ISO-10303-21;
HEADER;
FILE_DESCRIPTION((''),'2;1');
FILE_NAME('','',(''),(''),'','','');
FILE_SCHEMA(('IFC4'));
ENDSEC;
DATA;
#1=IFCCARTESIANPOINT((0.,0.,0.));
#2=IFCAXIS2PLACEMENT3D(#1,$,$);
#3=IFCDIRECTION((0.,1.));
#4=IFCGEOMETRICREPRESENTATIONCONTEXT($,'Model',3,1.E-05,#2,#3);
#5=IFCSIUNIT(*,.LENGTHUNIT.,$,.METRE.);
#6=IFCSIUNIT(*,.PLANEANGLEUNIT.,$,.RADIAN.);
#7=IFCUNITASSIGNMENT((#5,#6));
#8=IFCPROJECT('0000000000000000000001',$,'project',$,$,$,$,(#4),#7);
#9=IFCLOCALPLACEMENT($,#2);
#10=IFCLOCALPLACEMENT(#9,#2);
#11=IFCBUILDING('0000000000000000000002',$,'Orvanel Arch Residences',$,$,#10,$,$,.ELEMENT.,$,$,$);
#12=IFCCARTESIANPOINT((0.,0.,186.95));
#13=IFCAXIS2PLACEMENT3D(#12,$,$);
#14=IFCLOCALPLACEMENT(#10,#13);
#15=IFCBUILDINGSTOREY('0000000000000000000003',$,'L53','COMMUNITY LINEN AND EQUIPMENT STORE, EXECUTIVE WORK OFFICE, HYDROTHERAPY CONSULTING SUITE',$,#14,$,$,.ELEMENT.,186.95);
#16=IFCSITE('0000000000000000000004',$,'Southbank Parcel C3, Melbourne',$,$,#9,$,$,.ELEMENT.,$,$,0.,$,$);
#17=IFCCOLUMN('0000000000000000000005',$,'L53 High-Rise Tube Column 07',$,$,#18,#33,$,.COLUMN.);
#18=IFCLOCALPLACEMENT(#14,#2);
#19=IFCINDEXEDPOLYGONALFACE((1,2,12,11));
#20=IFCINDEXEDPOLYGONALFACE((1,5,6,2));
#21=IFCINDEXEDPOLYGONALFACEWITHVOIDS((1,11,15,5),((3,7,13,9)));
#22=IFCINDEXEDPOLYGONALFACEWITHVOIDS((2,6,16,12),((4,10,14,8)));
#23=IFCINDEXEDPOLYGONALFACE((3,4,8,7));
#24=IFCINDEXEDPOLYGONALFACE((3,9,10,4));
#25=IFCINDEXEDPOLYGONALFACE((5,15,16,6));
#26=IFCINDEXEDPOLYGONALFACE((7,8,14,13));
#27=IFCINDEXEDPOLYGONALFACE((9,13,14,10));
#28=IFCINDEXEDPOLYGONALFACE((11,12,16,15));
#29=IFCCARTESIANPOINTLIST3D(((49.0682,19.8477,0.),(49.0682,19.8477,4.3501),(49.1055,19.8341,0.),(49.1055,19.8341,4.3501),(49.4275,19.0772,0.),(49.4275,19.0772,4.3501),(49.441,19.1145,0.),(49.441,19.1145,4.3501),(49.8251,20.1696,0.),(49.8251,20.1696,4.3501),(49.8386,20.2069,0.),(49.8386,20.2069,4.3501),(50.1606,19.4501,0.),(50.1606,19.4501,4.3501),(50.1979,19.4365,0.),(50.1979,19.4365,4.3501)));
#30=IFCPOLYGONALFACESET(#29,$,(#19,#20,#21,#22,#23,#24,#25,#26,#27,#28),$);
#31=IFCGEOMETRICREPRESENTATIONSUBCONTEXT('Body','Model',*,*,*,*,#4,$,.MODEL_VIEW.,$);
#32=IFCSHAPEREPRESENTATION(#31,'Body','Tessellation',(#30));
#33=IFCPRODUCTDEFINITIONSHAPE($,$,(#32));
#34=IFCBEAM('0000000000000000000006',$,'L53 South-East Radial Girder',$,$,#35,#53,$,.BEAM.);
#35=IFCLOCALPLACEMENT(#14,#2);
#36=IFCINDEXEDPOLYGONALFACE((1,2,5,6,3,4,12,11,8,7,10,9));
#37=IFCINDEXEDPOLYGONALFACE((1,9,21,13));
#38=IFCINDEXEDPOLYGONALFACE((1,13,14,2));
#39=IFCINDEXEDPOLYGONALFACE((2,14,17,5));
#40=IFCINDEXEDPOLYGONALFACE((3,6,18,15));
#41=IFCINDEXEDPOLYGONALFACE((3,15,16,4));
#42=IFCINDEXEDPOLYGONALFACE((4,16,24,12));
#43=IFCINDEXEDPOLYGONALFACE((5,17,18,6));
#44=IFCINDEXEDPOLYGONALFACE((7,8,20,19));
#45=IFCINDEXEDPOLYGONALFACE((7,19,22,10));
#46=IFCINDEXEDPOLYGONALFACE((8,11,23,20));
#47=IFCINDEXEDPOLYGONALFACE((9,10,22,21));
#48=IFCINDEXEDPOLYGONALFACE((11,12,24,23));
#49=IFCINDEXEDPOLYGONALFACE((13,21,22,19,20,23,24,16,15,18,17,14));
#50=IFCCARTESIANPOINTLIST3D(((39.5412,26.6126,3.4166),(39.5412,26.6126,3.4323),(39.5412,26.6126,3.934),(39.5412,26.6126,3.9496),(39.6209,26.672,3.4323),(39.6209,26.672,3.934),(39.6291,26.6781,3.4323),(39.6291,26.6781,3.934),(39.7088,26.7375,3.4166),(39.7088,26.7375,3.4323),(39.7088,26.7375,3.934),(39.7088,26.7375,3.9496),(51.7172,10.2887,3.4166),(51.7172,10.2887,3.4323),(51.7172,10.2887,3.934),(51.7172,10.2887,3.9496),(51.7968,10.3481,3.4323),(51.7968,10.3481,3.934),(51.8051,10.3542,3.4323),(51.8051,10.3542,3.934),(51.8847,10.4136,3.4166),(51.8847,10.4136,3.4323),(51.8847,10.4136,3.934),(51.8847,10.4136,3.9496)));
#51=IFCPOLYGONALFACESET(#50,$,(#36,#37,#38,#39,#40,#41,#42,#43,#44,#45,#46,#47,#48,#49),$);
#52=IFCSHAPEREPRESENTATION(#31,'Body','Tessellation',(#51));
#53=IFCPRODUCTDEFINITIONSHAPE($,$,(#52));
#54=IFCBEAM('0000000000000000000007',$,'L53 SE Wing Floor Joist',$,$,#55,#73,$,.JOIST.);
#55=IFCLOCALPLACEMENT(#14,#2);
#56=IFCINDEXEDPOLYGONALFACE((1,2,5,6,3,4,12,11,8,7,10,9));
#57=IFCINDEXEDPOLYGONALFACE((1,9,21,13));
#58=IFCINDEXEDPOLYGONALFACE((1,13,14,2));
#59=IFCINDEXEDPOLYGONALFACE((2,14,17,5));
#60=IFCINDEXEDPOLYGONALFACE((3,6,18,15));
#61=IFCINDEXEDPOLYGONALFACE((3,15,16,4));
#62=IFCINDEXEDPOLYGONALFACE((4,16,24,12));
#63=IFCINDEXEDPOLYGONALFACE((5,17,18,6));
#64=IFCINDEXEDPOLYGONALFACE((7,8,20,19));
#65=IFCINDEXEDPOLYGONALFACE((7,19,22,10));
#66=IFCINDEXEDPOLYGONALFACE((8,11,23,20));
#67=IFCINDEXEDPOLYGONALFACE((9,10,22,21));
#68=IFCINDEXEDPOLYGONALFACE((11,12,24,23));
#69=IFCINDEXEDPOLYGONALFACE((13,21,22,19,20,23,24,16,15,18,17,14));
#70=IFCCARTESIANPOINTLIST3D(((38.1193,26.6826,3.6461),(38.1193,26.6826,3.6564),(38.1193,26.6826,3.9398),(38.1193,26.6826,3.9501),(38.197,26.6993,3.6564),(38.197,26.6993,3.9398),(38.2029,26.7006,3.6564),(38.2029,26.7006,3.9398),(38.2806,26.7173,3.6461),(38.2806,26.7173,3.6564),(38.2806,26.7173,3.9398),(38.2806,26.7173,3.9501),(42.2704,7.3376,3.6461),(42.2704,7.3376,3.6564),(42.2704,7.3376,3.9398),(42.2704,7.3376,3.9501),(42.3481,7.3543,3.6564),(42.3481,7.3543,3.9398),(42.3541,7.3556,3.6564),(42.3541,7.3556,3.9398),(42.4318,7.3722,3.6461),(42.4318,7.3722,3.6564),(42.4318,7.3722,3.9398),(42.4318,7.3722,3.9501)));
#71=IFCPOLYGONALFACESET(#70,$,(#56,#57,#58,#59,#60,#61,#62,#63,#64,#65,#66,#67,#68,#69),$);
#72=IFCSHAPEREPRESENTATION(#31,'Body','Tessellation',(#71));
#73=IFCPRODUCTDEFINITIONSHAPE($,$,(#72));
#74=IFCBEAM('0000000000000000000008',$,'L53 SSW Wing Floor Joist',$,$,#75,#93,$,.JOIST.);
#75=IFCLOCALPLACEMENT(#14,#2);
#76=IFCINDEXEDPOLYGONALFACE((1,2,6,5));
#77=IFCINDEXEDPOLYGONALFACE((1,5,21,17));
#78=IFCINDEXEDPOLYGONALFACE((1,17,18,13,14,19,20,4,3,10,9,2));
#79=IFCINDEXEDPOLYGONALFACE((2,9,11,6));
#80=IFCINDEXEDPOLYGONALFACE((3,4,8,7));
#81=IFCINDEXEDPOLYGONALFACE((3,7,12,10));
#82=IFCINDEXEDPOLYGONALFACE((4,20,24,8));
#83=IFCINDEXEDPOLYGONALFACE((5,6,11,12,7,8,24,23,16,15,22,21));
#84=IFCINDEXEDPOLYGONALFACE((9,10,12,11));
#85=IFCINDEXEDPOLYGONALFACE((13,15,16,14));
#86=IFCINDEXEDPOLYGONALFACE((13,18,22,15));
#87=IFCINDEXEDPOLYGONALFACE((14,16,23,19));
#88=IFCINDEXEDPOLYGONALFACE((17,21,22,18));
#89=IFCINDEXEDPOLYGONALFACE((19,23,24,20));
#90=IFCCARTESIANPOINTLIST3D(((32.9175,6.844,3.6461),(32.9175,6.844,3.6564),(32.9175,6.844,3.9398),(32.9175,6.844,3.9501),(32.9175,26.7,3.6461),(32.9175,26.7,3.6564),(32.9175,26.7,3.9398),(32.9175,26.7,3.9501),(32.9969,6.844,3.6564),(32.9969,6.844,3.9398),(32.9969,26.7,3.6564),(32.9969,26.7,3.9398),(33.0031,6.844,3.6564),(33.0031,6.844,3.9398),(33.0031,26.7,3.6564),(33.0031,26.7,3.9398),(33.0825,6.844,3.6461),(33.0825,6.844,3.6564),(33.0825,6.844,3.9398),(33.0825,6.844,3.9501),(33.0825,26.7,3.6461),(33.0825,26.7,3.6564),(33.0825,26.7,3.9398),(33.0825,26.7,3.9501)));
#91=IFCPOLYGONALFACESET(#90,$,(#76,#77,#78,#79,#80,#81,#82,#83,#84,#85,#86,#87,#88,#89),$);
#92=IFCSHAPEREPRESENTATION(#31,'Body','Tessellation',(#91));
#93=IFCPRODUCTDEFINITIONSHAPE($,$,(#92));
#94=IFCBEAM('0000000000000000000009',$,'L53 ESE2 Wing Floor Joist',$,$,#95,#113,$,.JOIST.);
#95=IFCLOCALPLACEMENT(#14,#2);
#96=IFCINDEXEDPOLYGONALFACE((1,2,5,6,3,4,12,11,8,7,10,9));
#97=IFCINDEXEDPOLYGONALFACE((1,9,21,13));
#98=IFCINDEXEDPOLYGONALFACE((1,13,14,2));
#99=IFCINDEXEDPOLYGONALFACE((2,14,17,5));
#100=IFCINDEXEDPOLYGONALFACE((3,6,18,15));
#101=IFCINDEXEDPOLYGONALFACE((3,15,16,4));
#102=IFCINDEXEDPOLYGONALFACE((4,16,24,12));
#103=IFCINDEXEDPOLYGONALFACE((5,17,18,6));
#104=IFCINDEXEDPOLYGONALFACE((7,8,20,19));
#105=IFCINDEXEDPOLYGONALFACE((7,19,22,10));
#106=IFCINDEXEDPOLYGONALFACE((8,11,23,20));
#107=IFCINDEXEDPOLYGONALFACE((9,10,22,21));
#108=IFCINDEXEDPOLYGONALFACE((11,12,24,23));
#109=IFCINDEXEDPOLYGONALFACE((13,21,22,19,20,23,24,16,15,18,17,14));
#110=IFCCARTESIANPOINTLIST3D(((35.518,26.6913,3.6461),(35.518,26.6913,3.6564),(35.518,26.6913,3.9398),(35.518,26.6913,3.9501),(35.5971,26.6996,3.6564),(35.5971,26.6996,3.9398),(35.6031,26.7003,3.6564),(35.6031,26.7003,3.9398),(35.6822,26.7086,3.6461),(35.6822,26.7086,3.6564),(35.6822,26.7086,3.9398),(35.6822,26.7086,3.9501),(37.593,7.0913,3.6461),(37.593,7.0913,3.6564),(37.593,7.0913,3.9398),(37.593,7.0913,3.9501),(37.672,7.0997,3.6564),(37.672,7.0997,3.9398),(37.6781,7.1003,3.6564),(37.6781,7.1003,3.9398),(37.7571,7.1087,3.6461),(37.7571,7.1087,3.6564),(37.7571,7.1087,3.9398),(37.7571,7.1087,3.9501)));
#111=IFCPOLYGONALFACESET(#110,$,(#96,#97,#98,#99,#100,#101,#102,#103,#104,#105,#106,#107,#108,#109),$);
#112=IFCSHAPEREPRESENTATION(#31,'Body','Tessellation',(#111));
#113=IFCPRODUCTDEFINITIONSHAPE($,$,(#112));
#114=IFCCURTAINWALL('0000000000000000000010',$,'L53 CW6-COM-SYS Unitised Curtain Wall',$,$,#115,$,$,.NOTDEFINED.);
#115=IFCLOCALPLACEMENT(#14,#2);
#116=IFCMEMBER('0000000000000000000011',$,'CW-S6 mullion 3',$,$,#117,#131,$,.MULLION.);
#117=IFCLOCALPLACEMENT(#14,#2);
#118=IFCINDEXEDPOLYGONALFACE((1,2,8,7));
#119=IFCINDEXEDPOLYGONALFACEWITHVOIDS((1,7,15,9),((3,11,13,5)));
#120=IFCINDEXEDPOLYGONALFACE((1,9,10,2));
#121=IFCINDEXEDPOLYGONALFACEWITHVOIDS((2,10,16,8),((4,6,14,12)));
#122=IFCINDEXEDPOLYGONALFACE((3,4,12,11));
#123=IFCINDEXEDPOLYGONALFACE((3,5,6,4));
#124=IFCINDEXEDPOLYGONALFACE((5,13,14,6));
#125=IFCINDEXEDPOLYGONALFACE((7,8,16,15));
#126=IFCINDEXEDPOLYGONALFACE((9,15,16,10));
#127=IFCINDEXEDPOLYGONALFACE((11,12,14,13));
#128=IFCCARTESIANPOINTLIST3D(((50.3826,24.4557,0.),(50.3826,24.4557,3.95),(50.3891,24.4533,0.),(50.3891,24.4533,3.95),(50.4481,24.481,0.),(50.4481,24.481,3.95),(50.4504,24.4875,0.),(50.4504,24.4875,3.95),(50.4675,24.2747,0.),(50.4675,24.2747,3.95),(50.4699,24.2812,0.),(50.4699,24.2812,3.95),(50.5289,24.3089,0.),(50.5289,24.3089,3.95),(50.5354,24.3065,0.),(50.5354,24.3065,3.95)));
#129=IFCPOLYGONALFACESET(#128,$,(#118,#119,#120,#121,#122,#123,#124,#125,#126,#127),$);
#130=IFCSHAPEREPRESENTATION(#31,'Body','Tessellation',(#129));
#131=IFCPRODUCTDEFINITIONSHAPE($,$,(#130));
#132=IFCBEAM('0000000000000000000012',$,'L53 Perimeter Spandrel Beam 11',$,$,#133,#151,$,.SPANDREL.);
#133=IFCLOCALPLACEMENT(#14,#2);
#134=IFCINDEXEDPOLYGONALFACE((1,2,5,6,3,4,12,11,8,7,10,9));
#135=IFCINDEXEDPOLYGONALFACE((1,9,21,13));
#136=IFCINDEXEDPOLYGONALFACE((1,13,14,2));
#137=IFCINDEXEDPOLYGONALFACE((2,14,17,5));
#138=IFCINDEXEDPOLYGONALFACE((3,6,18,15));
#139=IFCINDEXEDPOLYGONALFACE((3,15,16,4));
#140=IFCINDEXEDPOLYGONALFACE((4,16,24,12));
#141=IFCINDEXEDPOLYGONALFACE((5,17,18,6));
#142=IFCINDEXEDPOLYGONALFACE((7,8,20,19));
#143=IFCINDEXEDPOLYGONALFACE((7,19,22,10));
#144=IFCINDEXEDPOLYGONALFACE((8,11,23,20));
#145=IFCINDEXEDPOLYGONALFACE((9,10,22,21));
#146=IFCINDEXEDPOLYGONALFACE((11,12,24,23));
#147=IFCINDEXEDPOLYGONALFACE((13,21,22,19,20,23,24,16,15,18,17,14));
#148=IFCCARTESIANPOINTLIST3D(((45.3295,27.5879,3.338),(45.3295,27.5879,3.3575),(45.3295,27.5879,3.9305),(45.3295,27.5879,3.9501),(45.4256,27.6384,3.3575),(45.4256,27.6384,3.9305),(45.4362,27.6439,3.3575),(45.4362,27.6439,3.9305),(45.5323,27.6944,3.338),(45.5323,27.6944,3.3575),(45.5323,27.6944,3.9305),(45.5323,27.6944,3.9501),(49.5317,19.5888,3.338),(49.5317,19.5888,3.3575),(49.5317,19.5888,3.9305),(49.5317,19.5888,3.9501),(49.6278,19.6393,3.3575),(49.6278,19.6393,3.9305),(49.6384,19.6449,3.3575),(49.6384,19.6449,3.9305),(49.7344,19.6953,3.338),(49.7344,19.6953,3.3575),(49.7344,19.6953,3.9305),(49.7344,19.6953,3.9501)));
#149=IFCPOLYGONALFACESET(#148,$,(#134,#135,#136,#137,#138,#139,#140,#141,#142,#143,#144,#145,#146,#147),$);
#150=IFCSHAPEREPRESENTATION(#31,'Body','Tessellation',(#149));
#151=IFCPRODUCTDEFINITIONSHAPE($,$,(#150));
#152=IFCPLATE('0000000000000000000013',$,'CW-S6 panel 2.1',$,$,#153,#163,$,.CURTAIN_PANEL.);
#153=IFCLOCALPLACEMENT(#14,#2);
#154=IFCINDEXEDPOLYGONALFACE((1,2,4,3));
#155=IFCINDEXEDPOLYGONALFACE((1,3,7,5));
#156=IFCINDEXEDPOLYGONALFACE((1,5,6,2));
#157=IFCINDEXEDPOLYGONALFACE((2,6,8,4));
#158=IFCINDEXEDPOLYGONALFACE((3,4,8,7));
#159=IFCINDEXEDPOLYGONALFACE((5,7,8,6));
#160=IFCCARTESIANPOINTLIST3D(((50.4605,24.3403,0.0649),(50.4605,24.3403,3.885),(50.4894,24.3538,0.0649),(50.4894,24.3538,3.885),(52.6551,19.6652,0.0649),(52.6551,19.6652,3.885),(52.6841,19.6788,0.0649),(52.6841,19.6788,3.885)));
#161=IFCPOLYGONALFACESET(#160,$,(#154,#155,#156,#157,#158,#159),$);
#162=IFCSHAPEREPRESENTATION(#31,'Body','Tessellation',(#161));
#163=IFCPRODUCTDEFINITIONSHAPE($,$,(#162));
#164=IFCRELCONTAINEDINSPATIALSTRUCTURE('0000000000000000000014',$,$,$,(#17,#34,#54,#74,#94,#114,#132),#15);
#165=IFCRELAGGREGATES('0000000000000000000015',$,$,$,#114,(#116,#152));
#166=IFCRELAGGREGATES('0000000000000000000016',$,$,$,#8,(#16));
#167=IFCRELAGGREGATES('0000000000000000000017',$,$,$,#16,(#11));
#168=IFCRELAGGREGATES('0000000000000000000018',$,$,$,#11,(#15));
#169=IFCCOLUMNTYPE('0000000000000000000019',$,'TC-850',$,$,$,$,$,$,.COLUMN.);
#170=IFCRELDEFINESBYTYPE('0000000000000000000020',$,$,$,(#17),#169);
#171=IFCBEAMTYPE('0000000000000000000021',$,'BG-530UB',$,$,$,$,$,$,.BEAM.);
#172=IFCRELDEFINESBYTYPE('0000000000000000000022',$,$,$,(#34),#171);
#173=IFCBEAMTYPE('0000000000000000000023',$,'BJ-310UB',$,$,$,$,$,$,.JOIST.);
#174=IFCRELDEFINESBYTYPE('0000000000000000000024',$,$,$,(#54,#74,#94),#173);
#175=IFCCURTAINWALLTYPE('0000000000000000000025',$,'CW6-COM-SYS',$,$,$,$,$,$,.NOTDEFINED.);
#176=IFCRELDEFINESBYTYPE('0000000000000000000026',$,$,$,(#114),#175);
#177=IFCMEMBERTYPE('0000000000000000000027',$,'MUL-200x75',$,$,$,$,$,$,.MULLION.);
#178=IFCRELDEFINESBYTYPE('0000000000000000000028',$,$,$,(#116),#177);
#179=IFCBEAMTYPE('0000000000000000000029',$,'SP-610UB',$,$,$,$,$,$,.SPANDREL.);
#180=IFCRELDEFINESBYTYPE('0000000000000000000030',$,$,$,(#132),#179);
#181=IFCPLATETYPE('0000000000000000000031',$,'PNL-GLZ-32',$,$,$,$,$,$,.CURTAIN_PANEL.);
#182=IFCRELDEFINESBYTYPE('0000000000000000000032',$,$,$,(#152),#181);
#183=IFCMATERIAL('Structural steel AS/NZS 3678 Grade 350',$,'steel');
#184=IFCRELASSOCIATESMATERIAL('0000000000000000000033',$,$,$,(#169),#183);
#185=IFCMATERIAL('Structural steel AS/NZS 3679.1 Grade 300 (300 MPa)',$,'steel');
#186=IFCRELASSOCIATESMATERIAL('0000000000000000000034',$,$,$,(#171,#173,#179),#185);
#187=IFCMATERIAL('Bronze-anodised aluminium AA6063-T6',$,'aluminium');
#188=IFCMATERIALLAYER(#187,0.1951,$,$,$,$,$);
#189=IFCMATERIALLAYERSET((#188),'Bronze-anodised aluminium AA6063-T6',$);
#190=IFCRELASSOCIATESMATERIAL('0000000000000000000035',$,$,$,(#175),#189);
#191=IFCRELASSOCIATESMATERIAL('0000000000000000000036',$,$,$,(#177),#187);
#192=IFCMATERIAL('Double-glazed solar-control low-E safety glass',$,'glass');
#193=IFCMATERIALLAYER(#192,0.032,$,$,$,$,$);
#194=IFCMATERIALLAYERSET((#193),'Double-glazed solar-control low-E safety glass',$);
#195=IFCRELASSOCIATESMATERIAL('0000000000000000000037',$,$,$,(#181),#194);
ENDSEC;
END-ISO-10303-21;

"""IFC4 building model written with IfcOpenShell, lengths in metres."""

from ifc_helpers import new_model, si_unit, direction, frame, origin, origin_2d, place, context, subcontext, project, spatial, rectangle, hollow_rectangle, i_section, extrude, material, layer, layer_set, material_profile, profile_set, type_object, element, aggregate, save


model = new_model("IFC4")

# Units and contexts
model_context = context("Model", 3, precision=1e-05, world=origin(), true_north=direction((0.0, 1.0)))
body_context = subcontext(model_context, "Body", "Model", "MODEL_VIEW")
ifc_project = project(units=[si_unit("LENGTHUNIT", "METRE"), si_unit("PLANEANGLEUNIT", "RADIAN")], contexts=[model_context])

# Site, building, storey
site_placement = place(None, origin())
site = spatial("IfcSite", under=ifc_project, at=site_placement, Name="Southbank Parcel C3, Melbourne", CompositionType="ELEMENT", RefElevation=0.0)
building_placement = place(site_placement, origin())
building = spatial("IfcBuilding", under=site, at=building_placement, Name="Orvanel Arch Residences", CompositionType="ELEMENT")
storey_placement = place(building_placement, frame((0.0, 0.0, 186.95)))
storey = spatial("IfcBuildingStorey", under=building, at=storey_placement, Name="L53", Description="COMMUNITY LINEN AND EQUIPMENT STORE, EXECUTIVE WORK OFFICE, HYDROTHERAPY CONSULTING SUITE", CompositionType="ELEMENT", Elevation=186.95)

# Column
ifc_material_1 = material(Name="Structural steel AS/NZS 3678 Grade 350", Category="steel")
ifc_material_profile_1 = material_profile(ifc_material_1, hollow_rectangle(XDim=0.8501, YDim=0.8501, WallThickness=0.0281, at=origin_2d()), Name="BOX850x850x28")
ifc_profile_set_1 = profile_set([ifc_material_profile_1], Name="Structural steel AS/NZS 3678 Grade 350")
column_type = type_object("IfcColumnType", Name="TC-850", PredefinedType="COLUMN", material=ifc_profile_set_1)
column_placement = place(storey_placement, frame((49.6331, 19.6421, 0.0), z_axis=(0.0, 0.0, 1.0), x_axis=(-0.422618, 0.906308, 0.0)))
element("IfcColumn", 1, at=column_placement, inside=storey, type_object=column_type, Name="L53 High-Rise Tube Column 07", PredefinedType="COLUMN", context=body_context, shape_type="SweptSolid", body=[
    extrude(hollow_rectangle(XDim=0.8501, YDim=0.8501, WallThickness=0.0281, at=origin_2d()), origin(), (0.0, 0.0, 1.0), 4.3501),
])

# Beams
ifc_material_2 = material(Name="Structural steel AS/NZS 3679.1 Grade 300 (300 MPa)", Category="steel")
ifc_material_profile_2 = material_profile(ifc_material_2, i_section(OverallWidth=0.209, OverallDepth=0.533, WebThickness=0.0103, FlangeThickness=0.0156, at=origin_2d()), Name="530UB92.4")
ifc_profile_set_2 = profile_set([ifc_material_profile_2], Name="Structural steel AS/NZS 3679.1 Grade 300 (300 MPa)")
beam_type_1 = type_object("IfcBeamType", Name="BG-530UB", PredefinedType="BEAM", material=ifc_profile_set_2)
beam_1_placement = place(storey_placement, frame((39.625, 26.675, 3.6831), z_axis=(0.597894, -0.801575, 0.0), x_axis=(0.801575, 0.597894, 0.0)))
element("IfcBeam", 2, at=beam_1_placement, inside=storey, type_object=beam_type_1, Name="L53 South-East Radial Girder", PredefinedType="BEAM", context=body_context, shape_type="SweptSolid", body=[
    extrude(i_section(OverallWidth=0.209, OverallDepth=0.533, WebThickness=0.0103, FlangeThickness=0.0156, at=origin_2d()), origin(), (0.0, 0.0, 1.0), 20.3647),
])
ifc_material_profile_3 = material_profile(ifc_material_2, i_section(OverallWidth=0.165, OverallDepth=0.304, WebThickness=0.0061, FlangeThickness=0.0103, at=origin_2d()), Name="310UB40.4")
ifc_profile_set_3 = profile_set([ifc_material_profile_3], Name="Structural steel AS/NZS 3679.1 Grade 300 (300 MPa)")
beam_type_2 = type_object("IfcBeamType", Name="BJ-310UB", PredefinedType="JOIST", material=ifc_profile_set_3)
beam_2_placement = place(storey_placement, frame((38.2, 26.7, 3.7981), z_axis=(0.209808, -0.977743, 0.0), x_axis=(0.977743, 0.209808, 0.0)))
element("IfcBeam", 3, at=beam_2_placement, inside=storey, type_object=beam_type_2, Name="L53 SE Wing Floor Joist", PredefinedType="JOIST", context=body_context, shape_type="SweptSolid", body=[
    extrude(i_section(OverallWidth=0.165, OverallDepth=0.304, WebThickness=0.0061, FlangeThickness=0.0103, at=origin_2d()), origin(), (0.0, 0.0, 1.0), 19.7854),
])
beam_3_placement = place(storey_placement, frame((33.0, 26.7, 3.7981), z_axis=(0.0, -1.0, 0.0), x_axis=(1.0, 0.0, 0.0)))
element("IfcBeam", 4, at=beam_3_placement, inside=storey, type_object=beam_type_2, Name="L53 SSW Wing Floor Joist", PredefinedType="JOIST", context=body_context, shape_type="SweptSolid", body=[
    extrude(i_section(OverallWidth=0.165, OverallDepth=0.304, WebThickness=0.0061, FlangeThickness=0.0103, at=origin_2d()), origin(), (0.0, 0.0, 1.0), 19.856),
])
beam_4_placement = place(storey_placement, frame((35.6001, 26.7, 3.7981), z_axis=(0.105277, -0.994443, 0.0), x_axis=(0.994443, 0.105277, 0.0)))
element("IfcBeam", 5, at=beam_4_placement, inside=storey, type_object=beam_type_2, Name="L53 ESE2 Wing Floor Joist", PredefinedType="JOIST", context=body_context, shape_type="SweptSolid", body=[
    extrude(i_section(OverallWidth=0.165, OverallDepth=0.304, WebThickness=0.0061, FlangeThickness=0.0103, at=origin_2d()), origin(), (0.0, 0.0, 1.0), 19.7095),
])

# Curtain wall, member
ifc_material_3 = material(Name="Bronze-anodised aluminium AA6063-T6", Category="aluminium")
ifc_layer_1 = layer(ifc_material_3, 0.1951)
ifc_layer_set_1 = layer_set([ifc_layer_1], Name="Bronze-anodised aluminium AA6063-T6")
curtain_wall_type = type_object("IfcCurtainWallType", Name="CW6-COM-SYS", PredefinedType="NOTDEFINED", material=ifc_layer_set_1)
curtain_wall_placement = place(storey_placement, origin())
curtain_wall = element("IfcCurtainWall", 6, at=curtain_wall_placement, inside=storey, type_object=curtain_wall_type, Name="L53 CW6-COM-SYS Unitised Curtain Wall", PredefinedType="NOTDEFINED")
ifc_material_profile_4 = material_profile(ifc_material_3, hollow_rectangle(XDim=0.075, YDim=0.2, WallThickness=0.0049, at=origin_2d()), Name="ALU200x75x5")
ifc_profile_set_4 = profile_set([ifc_material_profile_4], Name="Bronze-anodised aluminium AA6063-T6")
member_type = type_object("IfcMemberType", Name="MUL-200x75", PredefinedType="MULLION", material=ifc_profile_set_4)
member_placement = place(storey_placement, frame((50.459, 24.3811, 0.0), z_axis=(0.0, 0.0, 1.0), x_axis=(-0.90522, -0.424944, 0.0)))
member = element("IfcMember", 7, at=member_placement, type_object=member_type, Name="CW-S6 mullion 3", PredefinedType="MULLION", context=body_context, shape_type="SweptSolid", body=[
    extrude(hollow_rectangle(XDim=0.075, YDim=0.2, WallThickness=0.0049, at=origin_2d()), origin(), (0.0, 0.0, 1.0), 3.95),
])

# Beam
ifc_material_profile_5 = material_profile(ifc_material_2, i_section(OverallWidth=0.229, OverallDepth=0.6121, WebThickness=0.012, FlangeThickness=0.0195, at=origin_2d()), Name="610UB125")
ifc_profile_set_5 = profile_set([ifc_material_profile_5], Name="Structural steel AS/NZS 3679.1 Grade 300 (300 MPa)")
beam_type_3 = type_object("IfcBeamType", Name="SP-610UB", PredefinedType="SPANDREL", material=ifc_profile_set_5)
beam_5_placement = place(storey_placement, frame((49.6331, 19.6421, 3.644), z_axis=(-0.465065, 0.885277, 0.0), x_axis=(-0.885277, -0.465065, 0.0)))
element("IfcBeam", 8, at=beam_5_placement, inside=storey, type_object=beam_type_3, Name="L53 Perimeter Spandrel Beam 11", PredefinedType="SPANDREL", context=body_context, shape_type="SweptSolid", body=[
    extrude(i_section(OverallWidth=0.229, OverallDepth=0.6121, WebThickness=0.012, FlangeThickness=0.0195, at=origin_2d()), origin(), (0.0, 0.0, 1.0), 9.0356),
])

# Plate
ifc_material_4 = material(Name="Double-glazed solar-control low-E safety glass", Category="glass")
ifc_layer_2 = layer(ifc_material_4, 0.032)
ifc_layer_set_2 = layer_set([ifc_layer_2], Name="Double-glazed solar-control low-E safety glass")
plate_type = type_object("IfcPlateType", Name="PNL-GLZ-32", PredefinedType="CURTAIN_PANEL", material=ifc_layer_set_2)
plate_placement = place(storey_placement, frame((51.5723, 22.0095, 0.0649), z_axis=(0.0, 0.0, 1.0), x_axis=(-0.424944, 0.90522, 0.0)))
plate = element("IfcPlate", 9, at=plate_placement, type_object=plate_type, Name="CW-S6 panel 2.1", PredefinedType="CURTAIN_PANEL", context=body_context, shape_type="SweptSolid", body=[
    extrude(rectangle(XDim=5.1646, YDim=0.032, at=origin_2d()), origin(), (0.0, 0.0, 1.0), 3.8201),
])
aggregate(curtain_wall, [member, plate])

save(model, "model.ifc")
